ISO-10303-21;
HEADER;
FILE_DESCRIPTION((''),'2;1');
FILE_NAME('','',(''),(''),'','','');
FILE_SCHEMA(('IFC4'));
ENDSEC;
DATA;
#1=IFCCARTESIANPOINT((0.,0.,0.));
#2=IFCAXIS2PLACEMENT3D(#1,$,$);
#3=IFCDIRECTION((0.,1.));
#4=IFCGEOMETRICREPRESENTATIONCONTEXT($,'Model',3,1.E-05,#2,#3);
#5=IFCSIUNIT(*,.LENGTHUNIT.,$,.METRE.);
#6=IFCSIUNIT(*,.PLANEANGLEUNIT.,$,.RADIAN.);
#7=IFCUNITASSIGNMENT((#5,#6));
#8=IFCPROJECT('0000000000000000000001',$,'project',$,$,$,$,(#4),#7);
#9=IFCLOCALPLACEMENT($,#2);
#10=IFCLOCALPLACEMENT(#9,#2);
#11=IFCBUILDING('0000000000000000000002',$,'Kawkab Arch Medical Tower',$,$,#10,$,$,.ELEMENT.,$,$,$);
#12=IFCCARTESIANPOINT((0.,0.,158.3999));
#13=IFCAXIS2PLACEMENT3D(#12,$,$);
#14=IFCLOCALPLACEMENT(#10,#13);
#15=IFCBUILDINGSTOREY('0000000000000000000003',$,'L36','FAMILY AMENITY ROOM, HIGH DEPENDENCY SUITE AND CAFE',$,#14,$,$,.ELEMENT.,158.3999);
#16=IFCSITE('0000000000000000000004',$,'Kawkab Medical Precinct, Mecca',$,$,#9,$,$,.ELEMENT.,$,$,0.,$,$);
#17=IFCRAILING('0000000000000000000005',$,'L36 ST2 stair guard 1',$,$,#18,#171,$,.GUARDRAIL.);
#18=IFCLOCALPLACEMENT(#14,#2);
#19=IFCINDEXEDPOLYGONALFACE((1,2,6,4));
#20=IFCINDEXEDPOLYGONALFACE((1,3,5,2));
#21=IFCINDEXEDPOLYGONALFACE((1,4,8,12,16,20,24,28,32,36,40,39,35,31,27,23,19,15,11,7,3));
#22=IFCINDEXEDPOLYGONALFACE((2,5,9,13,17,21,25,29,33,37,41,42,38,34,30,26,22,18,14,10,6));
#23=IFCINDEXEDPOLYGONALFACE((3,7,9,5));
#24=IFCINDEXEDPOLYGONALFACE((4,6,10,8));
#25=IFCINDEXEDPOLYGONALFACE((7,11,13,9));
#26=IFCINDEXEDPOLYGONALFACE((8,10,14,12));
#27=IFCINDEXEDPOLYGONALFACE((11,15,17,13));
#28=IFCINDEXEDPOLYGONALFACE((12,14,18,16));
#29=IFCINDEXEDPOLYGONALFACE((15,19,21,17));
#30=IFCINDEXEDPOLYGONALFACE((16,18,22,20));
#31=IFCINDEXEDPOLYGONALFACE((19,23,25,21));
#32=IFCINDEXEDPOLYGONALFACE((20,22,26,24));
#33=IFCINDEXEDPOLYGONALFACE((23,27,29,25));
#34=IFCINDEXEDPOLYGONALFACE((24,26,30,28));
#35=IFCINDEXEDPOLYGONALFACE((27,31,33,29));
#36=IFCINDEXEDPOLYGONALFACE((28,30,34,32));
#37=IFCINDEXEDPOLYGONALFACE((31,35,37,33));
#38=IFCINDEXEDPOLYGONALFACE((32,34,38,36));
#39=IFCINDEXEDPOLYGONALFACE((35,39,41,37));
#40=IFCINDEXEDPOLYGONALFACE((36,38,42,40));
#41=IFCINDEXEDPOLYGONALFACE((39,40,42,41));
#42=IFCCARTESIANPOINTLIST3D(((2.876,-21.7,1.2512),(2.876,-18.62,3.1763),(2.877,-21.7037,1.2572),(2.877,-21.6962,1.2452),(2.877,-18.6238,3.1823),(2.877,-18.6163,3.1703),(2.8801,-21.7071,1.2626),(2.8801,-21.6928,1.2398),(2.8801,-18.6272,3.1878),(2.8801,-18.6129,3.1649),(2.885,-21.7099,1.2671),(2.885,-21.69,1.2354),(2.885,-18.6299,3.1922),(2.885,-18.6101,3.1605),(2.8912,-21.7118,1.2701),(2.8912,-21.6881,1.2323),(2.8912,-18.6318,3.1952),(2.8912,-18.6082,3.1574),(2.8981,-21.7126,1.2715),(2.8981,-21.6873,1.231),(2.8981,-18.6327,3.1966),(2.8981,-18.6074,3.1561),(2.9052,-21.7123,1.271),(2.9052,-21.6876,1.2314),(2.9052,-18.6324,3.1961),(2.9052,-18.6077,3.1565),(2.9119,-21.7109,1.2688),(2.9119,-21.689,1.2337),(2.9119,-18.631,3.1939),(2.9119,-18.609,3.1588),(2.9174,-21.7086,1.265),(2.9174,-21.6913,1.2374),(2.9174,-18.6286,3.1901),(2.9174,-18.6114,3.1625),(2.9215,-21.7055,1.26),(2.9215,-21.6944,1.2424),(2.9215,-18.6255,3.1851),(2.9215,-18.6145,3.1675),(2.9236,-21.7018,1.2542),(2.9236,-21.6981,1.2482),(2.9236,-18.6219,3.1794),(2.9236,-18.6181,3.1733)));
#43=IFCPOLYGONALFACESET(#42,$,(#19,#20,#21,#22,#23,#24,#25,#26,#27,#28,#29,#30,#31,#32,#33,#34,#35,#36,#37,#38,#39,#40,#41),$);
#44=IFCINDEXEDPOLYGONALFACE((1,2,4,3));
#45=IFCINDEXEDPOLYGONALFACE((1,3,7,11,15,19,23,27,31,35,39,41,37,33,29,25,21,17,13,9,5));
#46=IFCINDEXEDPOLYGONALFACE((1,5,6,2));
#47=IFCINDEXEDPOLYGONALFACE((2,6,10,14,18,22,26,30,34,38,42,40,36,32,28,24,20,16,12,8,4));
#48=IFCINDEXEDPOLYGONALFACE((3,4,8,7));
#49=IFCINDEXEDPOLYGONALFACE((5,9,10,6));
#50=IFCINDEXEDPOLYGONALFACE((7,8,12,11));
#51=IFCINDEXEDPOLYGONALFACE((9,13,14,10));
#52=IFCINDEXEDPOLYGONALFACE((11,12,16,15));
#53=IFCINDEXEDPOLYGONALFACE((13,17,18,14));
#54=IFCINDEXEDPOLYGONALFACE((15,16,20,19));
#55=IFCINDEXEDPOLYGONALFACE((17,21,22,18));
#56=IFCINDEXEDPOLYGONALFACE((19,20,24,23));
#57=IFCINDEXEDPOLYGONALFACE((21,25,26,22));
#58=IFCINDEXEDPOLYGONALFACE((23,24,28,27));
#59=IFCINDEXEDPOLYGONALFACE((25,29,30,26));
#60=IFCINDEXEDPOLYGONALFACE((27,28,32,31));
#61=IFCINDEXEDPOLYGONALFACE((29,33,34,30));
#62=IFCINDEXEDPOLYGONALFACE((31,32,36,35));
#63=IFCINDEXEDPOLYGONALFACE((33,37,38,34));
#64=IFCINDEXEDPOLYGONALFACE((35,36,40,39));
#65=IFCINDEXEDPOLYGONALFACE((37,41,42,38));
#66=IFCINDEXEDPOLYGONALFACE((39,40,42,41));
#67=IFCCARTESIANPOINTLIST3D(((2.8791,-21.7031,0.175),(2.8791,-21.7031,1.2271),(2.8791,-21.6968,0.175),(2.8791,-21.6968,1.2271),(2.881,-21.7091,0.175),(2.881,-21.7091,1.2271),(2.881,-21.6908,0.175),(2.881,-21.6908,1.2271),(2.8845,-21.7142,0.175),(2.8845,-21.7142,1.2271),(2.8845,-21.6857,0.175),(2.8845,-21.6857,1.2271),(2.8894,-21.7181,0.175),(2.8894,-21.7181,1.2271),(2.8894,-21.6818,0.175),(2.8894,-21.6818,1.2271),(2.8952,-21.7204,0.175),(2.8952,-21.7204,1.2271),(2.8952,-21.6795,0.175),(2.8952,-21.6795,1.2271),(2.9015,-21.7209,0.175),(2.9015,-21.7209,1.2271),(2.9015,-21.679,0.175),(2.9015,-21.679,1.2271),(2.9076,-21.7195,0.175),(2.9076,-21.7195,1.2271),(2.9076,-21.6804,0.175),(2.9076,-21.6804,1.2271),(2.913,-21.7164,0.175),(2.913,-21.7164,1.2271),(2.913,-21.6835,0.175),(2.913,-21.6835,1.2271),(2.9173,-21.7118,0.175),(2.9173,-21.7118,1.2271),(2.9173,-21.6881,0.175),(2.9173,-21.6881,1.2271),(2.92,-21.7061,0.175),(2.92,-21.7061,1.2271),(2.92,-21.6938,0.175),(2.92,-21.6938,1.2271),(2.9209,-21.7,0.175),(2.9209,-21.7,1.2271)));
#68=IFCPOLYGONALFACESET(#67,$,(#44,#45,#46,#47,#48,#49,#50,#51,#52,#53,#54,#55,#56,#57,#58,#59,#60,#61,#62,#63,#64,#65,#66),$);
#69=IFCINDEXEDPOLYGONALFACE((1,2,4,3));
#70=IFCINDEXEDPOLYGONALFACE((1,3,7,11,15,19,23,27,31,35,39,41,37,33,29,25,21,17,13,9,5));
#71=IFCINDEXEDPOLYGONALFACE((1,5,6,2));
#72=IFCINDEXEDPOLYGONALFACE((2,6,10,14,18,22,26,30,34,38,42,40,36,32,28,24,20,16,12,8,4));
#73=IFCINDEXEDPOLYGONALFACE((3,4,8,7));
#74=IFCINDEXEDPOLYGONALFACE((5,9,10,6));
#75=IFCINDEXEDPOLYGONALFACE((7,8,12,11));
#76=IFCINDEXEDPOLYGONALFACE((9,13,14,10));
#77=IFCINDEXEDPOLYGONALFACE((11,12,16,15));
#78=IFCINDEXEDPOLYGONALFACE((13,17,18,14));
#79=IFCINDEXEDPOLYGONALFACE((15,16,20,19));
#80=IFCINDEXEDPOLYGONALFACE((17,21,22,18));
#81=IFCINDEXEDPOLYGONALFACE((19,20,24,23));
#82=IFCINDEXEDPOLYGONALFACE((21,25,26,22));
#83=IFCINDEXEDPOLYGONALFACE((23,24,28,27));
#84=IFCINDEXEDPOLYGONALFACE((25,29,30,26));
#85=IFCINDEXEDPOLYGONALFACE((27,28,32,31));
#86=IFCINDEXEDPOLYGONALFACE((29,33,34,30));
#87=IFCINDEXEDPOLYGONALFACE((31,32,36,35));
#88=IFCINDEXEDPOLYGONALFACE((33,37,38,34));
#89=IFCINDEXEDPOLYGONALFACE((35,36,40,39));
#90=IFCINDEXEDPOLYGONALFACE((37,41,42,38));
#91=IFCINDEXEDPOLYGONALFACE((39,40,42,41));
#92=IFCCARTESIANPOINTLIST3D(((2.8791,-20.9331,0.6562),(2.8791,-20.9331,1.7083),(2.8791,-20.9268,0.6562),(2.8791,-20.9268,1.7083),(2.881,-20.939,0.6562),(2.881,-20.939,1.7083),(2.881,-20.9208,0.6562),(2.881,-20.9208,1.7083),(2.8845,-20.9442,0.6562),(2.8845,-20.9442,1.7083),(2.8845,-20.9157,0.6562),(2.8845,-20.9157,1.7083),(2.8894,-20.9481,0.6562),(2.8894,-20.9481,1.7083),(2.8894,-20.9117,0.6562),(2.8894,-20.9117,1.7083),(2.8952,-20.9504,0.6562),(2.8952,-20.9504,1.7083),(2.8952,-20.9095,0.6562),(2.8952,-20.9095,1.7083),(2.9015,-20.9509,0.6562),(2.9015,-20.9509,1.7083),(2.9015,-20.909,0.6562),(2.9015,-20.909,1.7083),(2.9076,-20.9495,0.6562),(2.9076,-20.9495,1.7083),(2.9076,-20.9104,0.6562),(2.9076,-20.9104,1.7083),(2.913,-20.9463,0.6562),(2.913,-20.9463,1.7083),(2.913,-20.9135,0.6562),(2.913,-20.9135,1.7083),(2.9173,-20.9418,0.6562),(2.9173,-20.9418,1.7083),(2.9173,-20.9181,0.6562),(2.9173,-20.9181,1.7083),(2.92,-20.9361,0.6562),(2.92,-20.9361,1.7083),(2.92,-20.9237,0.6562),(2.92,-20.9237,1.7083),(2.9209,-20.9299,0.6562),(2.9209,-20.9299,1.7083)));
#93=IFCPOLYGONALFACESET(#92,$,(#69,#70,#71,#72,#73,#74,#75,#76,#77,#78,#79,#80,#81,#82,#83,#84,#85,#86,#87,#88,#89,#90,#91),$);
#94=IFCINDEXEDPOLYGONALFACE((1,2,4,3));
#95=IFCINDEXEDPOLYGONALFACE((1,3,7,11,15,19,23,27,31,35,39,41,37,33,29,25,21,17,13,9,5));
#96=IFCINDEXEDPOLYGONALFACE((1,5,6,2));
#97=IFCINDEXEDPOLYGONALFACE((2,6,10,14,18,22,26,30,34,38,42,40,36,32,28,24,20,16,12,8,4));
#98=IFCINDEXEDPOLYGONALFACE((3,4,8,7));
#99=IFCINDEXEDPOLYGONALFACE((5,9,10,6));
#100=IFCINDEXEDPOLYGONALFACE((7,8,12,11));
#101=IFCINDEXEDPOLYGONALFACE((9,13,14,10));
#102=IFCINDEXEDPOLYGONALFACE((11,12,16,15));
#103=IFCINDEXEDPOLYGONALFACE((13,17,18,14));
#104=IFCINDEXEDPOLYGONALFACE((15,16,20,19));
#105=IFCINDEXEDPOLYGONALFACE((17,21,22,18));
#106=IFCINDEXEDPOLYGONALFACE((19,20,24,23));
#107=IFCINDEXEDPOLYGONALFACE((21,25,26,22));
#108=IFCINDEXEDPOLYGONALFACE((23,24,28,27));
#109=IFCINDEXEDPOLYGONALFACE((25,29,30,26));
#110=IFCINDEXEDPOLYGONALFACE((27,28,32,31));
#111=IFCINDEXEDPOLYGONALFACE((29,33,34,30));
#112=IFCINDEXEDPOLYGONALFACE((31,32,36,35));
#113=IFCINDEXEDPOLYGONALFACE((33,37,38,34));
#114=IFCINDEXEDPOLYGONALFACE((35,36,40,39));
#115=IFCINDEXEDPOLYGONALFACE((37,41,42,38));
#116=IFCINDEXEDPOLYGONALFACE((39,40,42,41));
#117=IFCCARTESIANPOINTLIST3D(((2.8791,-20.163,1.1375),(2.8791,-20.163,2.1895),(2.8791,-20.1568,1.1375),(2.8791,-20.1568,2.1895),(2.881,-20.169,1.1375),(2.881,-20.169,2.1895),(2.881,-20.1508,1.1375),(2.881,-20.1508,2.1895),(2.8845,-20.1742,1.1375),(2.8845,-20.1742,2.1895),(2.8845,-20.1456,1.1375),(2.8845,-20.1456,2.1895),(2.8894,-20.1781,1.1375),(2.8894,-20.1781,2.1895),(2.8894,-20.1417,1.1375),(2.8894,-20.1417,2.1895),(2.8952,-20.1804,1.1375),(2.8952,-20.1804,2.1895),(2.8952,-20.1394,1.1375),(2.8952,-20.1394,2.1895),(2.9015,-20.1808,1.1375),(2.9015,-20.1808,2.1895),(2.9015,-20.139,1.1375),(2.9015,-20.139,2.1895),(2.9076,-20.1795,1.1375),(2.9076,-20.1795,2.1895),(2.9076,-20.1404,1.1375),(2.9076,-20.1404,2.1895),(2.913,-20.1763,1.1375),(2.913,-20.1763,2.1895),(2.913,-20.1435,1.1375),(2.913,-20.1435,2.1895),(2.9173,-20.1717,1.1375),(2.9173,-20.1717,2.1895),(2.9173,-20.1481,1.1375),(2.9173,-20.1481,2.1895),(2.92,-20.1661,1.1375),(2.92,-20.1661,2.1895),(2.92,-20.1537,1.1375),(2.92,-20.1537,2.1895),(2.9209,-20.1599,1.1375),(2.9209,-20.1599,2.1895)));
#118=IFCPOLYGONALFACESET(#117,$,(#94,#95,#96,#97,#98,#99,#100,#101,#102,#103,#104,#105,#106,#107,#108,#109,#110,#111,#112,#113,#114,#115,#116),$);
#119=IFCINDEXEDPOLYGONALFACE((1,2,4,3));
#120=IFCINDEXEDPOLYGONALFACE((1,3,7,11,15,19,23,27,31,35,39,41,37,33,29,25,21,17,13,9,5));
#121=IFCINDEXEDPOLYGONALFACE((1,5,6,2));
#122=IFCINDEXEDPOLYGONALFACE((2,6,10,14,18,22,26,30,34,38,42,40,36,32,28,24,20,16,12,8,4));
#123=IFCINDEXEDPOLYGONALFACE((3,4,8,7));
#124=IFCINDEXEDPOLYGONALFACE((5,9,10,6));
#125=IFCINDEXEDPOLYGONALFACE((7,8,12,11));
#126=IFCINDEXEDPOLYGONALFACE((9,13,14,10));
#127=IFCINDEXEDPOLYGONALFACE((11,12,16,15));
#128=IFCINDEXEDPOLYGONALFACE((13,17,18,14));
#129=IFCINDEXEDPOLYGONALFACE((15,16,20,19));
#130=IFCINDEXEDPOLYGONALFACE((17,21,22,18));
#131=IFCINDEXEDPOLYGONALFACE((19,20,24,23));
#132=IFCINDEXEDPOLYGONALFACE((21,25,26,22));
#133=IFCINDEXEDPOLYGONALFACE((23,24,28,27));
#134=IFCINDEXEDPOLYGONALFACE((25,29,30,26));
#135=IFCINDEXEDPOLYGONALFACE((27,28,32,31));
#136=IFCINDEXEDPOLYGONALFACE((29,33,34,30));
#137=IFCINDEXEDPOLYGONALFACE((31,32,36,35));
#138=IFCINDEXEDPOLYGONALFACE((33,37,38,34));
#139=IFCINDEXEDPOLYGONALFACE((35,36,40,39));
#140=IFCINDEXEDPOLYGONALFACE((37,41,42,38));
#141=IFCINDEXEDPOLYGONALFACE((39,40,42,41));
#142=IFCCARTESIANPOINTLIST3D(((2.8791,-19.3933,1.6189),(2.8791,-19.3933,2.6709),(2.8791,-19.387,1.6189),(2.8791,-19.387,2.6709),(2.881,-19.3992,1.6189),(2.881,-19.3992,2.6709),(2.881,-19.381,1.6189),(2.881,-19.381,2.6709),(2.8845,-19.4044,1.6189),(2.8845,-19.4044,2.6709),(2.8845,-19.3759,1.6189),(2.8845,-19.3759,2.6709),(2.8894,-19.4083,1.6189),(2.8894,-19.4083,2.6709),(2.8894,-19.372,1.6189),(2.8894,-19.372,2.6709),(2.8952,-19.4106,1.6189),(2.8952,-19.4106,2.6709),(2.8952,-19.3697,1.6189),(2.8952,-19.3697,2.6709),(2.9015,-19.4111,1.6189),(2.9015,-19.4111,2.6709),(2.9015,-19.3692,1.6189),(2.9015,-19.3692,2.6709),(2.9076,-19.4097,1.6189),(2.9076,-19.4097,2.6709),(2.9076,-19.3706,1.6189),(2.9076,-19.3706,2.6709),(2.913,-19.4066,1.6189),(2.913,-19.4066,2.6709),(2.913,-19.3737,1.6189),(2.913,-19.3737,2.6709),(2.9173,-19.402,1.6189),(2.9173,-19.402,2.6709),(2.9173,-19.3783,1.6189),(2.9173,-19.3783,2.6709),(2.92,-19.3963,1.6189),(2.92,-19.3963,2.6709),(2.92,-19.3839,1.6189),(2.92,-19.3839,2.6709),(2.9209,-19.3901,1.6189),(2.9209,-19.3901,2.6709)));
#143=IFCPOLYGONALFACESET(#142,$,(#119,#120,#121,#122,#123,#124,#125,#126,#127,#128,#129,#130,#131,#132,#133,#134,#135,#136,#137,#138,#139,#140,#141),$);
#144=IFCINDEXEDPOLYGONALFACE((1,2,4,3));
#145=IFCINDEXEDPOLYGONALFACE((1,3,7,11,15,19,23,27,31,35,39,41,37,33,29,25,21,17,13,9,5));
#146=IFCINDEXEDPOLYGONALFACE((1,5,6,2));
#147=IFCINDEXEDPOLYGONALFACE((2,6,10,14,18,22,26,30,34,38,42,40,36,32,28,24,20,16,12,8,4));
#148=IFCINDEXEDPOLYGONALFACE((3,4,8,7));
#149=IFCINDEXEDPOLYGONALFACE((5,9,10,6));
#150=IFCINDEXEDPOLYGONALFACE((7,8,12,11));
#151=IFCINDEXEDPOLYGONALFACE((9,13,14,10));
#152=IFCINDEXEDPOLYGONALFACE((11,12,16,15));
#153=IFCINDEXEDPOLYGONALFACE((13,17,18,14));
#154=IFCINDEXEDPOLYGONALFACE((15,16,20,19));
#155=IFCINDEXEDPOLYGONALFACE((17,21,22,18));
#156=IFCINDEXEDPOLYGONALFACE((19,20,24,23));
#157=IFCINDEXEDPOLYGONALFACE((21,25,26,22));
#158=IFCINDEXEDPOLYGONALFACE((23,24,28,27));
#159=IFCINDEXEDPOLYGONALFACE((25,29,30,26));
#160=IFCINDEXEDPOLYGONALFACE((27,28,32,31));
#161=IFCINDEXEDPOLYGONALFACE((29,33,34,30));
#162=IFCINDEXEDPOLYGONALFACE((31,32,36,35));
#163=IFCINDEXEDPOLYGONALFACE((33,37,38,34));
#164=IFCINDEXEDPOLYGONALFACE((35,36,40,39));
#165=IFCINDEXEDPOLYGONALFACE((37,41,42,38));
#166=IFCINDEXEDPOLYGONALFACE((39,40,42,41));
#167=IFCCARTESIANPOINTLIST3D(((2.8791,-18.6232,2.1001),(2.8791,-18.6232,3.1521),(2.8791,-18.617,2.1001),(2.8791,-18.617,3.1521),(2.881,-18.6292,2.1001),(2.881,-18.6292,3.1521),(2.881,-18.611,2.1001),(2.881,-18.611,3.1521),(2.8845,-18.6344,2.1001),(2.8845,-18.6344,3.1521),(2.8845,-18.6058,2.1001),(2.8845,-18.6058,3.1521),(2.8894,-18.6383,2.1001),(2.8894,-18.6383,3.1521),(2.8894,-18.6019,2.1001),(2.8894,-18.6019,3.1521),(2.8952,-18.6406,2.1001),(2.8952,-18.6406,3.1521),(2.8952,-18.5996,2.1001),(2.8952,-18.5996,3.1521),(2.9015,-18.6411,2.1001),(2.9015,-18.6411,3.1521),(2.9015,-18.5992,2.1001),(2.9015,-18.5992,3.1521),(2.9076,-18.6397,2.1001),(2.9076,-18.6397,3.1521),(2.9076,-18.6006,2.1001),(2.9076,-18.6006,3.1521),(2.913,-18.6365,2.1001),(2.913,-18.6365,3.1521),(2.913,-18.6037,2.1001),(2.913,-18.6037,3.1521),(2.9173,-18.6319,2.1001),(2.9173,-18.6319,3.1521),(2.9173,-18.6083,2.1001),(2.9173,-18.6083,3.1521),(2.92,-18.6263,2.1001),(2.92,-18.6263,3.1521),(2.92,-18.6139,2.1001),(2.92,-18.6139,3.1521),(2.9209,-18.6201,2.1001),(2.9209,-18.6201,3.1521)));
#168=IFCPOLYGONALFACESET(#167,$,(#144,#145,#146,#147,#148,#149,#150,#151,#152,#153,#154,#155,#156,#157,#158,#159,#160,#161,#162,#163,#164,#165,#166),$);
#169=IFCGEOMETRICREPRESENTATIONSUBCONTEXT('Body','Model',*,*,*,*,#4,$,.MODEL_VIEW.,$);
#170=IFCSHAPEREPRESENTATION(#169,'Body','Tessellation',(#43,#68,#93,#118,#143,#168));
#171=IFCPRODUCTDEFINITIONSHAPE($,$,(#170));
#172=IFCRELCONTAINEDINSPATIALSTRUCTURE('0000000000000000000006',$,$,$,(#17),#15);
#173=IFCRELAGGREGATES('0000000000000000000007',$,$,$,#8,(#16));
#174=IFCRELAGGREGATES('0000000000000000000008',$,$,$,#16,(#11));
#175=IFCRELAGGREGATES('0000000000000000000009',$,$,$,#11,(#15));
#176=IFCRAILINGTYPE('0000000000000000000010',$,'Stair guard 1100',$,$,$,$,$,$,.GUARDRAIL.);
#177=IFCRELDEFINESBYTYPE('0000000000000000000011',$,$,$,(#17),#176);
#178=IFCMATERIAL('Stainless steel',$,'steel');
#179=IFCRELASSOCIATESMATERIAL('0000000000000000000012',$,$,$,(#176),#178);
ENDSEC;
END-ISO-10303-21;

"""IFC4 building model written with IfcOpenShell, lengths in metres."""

from ifc_helpers import new_model, si_unit, direction, frame, origin, origin_2d, place, context, subcontext, project, spatial, circle, extrude, material, type_object, element, save


model = new_model("IFC4")

# Units and contexts
model_context = context("Model", 3, precision=1e-05, world=origin(), true_north=direction((0.0, 1.0)))
body_context = subcontext(model_context, "Body", "Model", "MODEL_VIEW")
ifc_project = project(units=[si_unit("LENGTHUNIT", "METRE"), si_unit("PLANEANGLEUNIT", "RADIAN")], contexts=[model_context])

# Site, building, storey
site_placement = place(None, origin())
site = spatial("IfcSite", under=ifc_project, at=site_placement, Name="Kawkab Medical Precinct, Mecca", CompositionType="ELEMENT", RefElevation=0.0)
building_placement = place(site_placement, origin())
building = spatial("IfcBuilding", under=site, at=building_placement, Name="Kawkab Arch Medical Tower", CompositionType="ELEMENT")
storey_placement = place(building_placement, frame((0.0, 0.0, 158.3999)))
storey = spatial("IfcBuildingStorey", under=building, at=storey_placement, Name="L36", Description="FAMILY AMENITY ROOM, HIGH DEPENDENCY SUITE AND CAFE", CompositionType="ELEMENT", Elevation=158.3999)

# Railing
ifc_material_1 = material(Name="Stainless steel", Category="steel")
railing_type = type_object("IfcRailingType", Name="Stair guard 1100", PredefinedType="GUARDRAIL", material=ifc_material_1)
railing_1_placement = place(storey_placement, frame((2.8999, -21.7, 0.175)))
element("IfcRailing", 1, at=railing_1_placement, inside=storey, type_object=railing_type, Name="L36 ST2 stair guard 1", PredefinedType="GUARDRAIL", context=body_context, shape_type="SweptSolid", body=[
    extrude(circle(Radius=0.0239, at=origin_2d()), frame((0.0, 0.0, 1.0762), z_axis=(0.0, 0.847979, 0.530029), x_axis=(-1.0, 0.0, 0.0)), (0.0, 0.0, 1.0), 3.6321),
    extrude(circle(Radius=0.021, at=origin_2d()), origin(), (0.0, 0.0, 1.0), 1.052),
    extrude(circle(Radius=0.021, at=origin_2d()), frame((0.0, 0.77, 0.4812)), (0.0, 0.0, 1.0), 1.052),
    extrude(circle(Radius=0.021, at=origin_2d()), frame((0.0, 1.54, 0.9624)), (0.0, 0.0, 1.0), 1.052),
    extrude(circle(Radius=0.021, at=origin_2d()), frame((0.0, 2.3098, 1.4438)), (0.0, 0.0, 1.0), 1.052),
    extrude(circle(Radius=0.021, at=origin_2d()), frame((0.0, 3.0798, 1.925)), (0.0, 0.0, 1.0), 1.052),
])

save(model, "model.ifc")
